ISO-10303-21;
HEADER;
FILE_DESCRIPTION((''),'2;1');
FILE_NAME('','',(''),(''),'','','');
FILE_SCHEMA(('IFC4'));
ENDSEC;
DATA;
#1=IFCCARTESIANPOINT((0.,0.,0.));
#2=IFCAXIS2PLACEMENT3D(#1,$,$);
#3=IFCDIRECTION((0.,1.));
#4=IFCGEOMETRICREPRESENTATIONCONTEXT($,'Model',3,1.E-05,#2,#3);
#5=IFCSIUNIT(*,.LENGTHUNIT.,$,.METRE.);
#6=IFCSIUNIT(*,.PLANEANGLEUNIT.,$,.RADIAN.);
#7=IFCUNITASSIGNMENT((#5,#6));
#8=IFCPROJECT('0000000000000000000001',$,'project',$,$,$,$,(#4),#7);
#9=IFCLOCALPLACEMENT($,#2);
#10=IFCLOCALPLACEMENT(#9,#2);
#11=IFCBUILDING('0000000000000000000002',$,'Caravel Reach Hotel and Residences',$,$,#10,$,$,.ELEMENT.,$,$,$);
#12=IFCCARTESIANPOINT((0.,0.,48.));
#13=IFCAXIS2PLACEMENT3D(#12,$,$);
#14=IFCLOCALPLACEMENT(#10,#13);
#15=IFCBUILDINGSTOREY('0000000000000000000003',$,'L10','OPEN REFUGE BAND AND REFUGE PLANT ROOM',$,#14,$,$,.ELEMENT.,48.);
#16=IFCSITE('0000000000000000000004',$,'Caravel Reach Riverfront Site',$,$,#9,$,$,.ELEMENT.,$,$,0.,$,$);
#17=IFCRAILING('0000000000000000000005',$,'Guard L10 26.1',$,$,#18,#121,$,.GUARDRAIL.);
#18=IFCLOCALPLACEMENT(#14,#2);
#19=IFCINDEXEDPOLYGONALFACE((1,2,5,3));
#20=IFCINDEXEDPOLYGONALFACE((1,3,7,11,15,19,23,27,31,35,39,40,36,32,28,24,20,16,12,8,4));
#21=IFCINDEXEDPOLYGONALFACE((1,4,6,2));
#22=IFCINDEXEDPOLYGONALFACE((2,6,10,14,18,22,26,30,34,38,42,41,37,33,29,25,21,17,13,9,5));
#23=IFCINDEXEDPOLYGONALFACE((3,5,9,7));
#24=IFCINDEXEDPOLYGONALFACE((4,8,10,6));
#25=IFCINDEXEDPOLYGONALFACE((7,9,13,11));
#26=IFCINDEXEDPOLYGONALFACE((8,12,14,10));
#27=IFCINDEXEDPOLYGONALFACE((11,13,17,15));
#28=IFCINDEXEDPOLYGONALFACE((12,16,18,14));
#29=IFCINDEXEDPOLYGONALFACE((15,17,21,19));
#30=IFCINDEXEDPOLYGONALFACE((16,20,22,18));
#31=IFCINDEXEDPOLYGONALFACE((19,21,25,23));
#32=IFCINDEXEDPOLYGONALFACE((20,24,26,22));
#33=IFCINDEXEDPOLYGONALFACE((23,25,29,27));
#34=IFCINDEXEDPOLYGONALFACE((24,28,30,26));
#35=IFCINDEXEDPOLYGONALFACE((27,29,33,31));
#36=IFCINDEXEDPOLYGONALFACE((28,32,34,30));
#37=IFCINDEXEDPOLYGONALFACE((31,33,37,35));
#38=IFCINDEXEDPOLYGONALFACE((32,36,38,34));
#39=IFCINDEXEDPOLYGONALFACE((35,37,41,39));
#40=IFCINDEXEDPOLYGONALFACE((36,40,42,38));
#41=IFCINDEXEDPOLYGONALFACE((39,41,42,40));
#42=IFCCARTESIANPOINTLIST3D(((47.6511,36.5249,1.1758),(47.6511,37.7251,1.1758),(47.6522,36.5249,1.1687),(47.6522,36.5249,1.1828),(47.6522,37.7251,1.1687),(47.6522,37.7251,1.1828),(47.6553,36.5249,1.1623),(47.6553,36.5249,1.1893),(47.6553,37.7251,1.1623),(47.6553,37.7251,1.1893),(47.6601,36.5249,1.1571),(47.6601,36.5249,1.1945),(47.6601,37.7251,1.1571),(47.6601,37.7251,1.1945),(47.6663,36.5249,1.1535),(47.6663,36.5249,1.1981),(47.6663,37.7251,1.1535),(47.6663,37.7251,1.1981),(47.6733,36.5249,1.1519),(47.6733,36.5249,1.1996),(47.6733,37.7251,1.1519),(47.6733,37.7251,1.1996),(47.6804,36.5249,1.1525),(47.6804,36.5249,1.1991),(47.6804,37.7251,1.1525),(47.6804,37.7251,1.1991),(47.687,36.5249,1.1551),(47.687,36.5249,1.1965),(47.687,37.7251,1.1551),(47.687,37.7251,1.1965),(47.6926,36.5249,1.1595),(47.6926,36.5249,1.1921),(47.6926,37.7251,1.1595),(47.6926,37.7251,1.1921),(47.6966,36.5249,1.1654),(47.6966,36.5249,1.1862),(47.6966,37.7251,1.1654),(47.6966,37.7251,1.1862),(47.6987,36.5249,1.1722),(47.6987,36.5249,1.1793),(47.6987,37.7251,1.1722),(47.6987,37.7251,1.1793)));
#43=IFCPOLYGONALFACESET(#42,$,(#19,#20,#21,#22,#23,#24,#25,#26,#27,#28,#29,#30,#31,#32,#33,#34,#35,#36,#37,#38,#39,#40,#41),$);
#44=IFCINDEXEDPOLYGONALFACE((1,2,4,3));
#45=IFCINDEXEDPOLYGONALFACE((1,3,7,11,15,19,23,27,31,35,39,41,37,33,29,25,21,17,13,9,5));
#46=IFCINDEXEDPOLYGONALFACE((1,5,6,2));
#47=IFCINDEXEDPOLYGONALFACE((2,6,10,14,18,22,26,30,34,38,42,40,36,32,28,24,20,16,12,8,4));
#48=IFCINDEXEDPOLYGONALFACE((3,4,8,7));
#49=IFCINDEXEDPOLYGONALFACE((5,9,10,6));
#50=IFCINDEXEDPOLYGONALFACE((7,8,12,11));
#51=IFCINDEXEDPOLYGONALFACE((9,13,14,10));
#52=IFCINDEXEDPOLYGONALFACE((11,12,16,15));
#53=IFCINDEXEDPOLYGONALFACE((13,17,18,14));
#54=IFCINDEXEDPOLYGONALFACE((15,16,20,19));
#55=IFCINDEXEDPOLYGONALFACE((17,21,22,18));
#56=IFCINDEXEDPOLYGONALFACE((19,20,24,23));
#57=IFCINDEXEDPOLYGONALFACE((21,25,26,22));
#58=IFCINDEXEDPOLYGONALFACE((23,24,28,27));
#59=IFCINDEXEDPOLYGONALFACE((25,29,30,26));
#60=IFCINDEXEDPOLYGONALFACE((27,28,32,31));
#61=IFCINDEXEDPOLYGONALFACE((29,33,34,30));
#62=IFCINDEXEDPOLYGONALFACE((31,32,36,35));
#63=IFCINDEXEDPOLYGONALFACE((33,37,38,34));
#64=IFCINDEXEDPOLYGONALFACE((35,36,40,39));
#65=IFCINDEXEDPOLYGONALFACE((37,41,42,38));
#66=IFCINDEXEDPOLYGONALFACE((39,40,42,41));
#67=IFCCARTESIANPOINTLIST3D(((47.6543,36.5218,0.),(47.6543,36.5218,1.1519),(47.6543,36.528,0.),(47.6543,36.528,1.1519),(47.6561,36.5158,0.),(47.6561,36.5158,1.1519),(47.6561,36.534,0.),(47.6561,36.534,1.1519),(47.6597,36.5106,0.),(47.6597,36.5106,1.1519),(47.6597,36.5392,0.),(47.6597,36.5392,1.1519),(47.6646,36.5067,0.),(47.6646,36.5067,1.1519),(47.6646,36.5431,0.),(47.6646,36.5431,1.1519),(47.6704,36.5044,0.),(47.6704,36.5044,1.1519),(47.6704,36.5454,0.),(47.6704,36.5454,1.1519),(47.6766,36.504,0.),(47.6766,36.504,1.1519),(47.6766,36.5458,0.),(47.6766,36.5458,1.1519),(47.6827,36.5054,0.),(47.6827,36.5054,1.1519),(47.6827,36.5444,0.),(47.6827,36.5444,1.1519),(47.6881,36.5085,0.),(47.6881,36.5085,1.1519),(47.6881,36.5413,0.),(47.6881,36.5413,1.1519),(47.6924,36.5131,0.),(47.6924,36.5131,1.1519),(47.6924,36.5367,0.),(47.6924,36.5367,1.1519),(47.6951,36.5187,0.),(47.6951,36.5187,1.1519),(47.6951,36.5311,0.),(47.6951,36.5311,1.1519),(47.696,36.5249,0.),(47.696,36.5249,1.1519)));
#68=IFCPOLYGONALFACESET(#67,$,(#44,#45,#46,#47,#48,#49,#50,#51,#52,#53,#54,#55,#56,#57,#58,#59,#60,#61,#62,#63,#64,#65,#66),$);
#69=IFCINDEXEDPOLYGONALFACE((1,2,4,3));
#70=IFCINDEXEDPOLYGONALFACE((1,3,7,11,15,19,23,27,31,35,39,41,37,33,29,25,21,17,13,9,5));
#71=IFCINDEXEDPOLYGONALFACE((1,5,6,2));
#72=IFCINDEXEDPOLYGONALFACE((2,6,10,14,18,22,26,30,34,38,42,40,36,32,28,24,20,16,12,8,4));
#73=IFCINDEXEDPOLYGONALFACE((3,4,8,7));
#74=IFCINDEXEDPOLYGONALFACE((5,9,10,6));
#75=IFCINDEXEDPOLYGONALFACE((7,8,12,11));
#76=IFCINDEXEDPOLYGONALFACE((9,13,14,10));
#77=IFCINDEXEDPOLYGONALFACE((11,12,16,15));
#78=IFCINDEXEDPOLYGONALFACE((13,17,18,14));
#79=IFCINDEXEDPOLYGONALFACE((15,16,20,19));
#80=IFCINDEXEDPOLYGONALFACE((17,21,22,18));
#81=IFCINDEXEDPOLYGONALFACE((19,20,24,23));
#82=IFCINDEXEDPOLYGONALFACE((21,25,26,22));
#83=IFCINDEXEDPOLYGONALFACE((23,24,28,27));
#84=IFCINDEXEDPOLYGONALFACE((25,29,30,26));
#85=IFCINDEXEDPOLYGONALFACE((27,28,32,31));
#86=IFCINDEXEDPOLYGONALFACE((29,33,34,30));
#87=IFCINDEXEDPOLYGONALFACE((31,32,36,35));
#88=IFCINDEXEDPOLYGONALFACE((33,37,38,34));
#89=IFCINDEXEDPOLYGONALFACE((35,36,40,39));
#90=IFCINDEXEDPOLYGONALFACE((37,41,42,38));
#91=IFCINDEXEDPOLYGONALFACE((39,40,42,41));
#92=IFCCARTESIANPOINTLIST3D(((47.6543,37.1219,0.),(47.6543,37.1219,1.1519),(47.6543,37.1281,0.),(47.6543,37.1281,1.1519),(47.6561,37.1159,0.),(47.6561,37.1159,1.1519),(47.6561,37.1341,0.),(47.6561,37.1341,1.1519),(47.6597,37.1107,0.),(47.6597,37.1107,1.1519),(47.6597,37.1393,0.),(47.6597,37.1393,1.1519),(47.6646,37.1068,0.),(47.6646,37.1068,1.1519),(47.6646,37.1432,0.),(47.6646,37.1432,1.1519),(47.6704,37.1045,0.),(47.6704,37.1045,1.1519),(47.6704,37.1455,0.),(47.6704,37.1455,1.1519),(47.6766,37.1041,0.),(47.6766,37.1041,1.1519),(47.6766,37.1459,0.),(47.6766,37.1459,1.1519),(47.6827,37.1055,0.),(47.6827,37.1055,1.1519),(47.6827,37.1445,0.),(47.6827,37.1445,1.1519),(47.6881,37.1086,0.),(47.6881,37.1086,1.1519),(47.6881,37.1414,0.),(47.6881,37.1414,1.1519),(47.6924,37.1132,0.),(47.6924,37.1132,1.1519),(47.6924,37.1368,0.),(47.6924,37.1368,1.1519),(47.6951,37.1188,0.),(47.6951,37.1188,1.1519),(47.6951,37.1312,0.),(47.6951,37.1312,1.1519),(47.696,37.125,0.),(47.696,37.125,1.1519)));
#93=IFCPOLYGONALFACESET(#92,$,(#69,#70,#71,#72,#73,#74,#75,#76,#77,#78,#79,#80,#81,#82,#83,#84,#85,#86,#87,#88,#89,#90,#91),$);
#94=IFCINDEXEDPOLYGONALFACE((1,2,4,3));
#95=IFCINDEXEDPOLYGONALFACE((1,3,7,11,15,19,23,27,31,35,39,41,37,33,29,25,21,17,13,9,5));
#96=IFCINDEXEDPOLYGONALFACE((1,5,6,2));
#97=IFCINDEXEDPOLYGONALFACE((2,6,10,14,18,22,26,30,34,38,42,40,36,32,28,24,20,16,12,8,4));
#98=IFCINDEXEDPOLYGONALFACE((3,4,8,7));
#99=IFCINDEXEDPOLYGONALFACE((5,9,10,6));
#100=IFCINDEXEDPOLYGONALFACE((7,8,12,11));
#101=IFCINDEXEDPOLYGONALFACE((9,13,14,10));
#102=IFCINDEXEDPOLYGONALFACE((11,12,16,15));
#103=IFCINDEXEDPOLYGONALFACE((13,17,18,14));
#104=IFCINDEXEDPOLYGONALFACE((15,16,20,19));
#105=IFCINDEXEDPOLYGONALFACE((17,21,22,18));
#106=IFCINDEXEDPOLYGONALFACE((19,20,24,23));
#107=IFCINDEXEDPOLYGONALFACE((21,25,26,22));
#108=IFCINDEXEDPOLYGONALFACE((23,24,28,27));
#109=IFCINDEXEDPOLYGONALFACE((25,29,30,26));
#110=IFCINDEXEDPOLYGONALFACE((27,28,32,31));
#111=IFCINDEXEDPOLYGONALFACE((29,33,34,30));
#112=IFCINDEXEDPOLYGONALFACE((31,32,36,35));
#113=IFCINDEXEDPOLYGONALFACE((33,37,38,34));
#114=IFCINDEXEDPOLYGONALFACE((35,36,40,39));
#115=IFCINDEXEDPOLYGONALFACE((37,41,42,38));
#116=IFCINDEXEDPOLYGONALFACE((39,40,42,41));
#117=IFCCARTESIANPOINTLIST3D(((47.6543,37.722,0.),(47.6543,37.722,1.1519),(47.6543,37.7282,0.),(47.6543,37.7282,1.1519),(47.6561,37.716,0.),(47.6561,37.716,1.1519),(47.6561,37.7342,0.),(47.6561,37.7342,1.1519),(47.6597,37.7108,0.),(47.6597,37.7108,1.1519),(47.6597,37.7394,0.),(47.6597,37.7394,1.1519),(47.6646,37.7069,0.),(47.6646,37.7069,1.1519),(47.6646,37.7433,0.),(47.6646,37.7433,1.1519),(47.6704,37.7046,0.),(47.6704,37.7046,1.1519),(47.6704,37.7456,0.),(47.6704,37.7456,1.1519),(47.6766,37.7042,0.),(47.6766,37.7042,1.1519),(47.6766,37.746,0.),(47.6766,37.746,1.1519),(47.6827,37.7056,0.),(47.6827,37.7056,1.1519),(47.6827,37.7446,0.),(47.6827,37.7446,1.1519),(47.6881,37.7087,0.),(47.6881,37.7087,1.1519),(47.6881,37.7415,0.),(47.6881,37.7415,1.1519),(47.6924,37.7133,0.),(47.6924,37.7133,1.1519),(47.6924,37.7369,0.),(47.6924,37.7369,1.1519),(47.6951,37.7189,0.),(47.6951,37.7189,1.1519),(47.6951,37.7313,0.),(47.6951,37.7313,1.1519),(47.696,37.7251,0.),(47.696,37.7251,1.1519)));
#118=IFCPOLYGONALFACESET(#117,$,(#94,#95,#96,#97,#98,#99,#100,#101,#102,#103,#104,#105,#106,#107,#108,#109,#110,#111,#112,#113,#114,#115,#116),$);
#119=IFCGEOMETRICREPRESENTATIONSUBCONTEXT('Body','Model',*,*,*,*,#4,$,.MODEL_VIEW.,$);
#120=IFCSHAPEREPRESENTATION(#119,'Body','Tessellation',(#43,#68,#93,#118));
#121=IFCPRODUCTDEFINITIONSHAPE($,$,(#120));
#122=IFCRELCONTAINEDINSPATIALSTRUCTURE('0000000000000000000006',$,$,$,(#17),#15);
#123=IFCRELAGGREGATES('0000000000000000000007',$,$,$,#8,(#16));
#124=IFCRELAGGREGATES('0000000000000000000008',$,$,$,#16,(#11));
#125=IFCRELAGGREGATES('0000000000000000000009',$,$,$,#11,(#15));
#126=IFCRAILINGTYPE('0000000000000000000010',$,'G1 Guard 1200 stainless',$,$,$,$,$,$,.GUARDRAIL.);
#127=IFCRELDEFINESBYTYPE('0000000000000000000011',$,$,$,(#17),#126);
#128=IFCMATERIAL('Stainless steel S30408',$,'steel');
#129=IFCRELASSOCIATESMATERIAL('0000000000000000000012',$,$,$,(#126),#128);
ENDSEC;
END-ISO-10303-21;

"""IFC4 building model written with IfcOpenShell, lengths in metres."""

from ifc_helpers import new_model, si_unit, direction, frame, origin, origin_2d, place, context, subcontext, project, spatial, circle, extrude, material, type_object, element, save


model = new_model("IFC4")

# Units and contexts
model_context = context("Model", 3, precision=1e-05, world=origin(), true_north=direction((0.0, 1.0)))
body_context = subcontext(model_context, "Body", "Model", "MODEL_VIEW")
ifc_project = project(units=[si_unit("LENGTHUNIT", "METRE"), si_unit("PLANEANGLEUNIT", "RADIAN")], contexts=[model_context])

# Site, building, storey
site_placement = place(None, origin())
site = spatial("IfcSite", under=ifc_project, at=site_placement, Name="Caravel Reach Riverfront Site", CompositionType="ELEMENT", RefElevation=0.0)
building_placement = place(site_placement, origin())
building = spatial("IfcBuilding", under=site, at=building_placement, Name="Caravel Reach Hotel and Residences", CompositionType="ELEMENT")
storey_placement = place(building_placement, frame((0.0, 0.0, 48.0)))
storey = spatial("IfcBuildingStorey", under=building, at=storey_placement, Name="L10", Description="OPEN REFUGE BAND AND REFUGE PLANT ROOM", CompositionType="ELEMENT", Elevation=48.0)

# Railing
ifc_material_1 = material(Name="Stainless steel S30408", Category="steel")
railing_type = type_object("IfcRailingType", Name="G1 Guard 1200 stainless", PredefinedType="GUARDRAIL", material=ifc_material_1)
railing_1_placement = place(storey_placement, frame((47.675, 36.5249, 0.0)))
element("IfcRailing", 1, at=railing_1_placement, inside=storey, type_object=railing_type, Name="Guard L10 26.1", PredefinedType="GUARDRAIL", context=body_context, shape_type="SweptSolid", body=[
    extrude(circle(Radius=0.0239, at=origin_2d()), frame((0.0, 0.0, 1.1758), z_axis=(0.0, 1.0, 0.0), x_axis=(-1.0, 0.0, 0.0)), (0.0, 0.0, 1.0), 1.2002),
    extrude(circle(Radius=0.021, at=origin_2d()), origin(), (0.0, 0.0, 1.0), 1.1519),
    extrude(circle(Radius=0.021, at=origin_2d()), frame((0.0, 0.6001, 0.0)), (0.0, 0.0, 1.0), 1.1519),
    extrude(circle(Radius=0.021, at=origin_2d()), frame((0.0, 1.2002, 0.0)), (0.0, 0.0, 1.0), 1.1519),
])

save(model, "model.ifc")
